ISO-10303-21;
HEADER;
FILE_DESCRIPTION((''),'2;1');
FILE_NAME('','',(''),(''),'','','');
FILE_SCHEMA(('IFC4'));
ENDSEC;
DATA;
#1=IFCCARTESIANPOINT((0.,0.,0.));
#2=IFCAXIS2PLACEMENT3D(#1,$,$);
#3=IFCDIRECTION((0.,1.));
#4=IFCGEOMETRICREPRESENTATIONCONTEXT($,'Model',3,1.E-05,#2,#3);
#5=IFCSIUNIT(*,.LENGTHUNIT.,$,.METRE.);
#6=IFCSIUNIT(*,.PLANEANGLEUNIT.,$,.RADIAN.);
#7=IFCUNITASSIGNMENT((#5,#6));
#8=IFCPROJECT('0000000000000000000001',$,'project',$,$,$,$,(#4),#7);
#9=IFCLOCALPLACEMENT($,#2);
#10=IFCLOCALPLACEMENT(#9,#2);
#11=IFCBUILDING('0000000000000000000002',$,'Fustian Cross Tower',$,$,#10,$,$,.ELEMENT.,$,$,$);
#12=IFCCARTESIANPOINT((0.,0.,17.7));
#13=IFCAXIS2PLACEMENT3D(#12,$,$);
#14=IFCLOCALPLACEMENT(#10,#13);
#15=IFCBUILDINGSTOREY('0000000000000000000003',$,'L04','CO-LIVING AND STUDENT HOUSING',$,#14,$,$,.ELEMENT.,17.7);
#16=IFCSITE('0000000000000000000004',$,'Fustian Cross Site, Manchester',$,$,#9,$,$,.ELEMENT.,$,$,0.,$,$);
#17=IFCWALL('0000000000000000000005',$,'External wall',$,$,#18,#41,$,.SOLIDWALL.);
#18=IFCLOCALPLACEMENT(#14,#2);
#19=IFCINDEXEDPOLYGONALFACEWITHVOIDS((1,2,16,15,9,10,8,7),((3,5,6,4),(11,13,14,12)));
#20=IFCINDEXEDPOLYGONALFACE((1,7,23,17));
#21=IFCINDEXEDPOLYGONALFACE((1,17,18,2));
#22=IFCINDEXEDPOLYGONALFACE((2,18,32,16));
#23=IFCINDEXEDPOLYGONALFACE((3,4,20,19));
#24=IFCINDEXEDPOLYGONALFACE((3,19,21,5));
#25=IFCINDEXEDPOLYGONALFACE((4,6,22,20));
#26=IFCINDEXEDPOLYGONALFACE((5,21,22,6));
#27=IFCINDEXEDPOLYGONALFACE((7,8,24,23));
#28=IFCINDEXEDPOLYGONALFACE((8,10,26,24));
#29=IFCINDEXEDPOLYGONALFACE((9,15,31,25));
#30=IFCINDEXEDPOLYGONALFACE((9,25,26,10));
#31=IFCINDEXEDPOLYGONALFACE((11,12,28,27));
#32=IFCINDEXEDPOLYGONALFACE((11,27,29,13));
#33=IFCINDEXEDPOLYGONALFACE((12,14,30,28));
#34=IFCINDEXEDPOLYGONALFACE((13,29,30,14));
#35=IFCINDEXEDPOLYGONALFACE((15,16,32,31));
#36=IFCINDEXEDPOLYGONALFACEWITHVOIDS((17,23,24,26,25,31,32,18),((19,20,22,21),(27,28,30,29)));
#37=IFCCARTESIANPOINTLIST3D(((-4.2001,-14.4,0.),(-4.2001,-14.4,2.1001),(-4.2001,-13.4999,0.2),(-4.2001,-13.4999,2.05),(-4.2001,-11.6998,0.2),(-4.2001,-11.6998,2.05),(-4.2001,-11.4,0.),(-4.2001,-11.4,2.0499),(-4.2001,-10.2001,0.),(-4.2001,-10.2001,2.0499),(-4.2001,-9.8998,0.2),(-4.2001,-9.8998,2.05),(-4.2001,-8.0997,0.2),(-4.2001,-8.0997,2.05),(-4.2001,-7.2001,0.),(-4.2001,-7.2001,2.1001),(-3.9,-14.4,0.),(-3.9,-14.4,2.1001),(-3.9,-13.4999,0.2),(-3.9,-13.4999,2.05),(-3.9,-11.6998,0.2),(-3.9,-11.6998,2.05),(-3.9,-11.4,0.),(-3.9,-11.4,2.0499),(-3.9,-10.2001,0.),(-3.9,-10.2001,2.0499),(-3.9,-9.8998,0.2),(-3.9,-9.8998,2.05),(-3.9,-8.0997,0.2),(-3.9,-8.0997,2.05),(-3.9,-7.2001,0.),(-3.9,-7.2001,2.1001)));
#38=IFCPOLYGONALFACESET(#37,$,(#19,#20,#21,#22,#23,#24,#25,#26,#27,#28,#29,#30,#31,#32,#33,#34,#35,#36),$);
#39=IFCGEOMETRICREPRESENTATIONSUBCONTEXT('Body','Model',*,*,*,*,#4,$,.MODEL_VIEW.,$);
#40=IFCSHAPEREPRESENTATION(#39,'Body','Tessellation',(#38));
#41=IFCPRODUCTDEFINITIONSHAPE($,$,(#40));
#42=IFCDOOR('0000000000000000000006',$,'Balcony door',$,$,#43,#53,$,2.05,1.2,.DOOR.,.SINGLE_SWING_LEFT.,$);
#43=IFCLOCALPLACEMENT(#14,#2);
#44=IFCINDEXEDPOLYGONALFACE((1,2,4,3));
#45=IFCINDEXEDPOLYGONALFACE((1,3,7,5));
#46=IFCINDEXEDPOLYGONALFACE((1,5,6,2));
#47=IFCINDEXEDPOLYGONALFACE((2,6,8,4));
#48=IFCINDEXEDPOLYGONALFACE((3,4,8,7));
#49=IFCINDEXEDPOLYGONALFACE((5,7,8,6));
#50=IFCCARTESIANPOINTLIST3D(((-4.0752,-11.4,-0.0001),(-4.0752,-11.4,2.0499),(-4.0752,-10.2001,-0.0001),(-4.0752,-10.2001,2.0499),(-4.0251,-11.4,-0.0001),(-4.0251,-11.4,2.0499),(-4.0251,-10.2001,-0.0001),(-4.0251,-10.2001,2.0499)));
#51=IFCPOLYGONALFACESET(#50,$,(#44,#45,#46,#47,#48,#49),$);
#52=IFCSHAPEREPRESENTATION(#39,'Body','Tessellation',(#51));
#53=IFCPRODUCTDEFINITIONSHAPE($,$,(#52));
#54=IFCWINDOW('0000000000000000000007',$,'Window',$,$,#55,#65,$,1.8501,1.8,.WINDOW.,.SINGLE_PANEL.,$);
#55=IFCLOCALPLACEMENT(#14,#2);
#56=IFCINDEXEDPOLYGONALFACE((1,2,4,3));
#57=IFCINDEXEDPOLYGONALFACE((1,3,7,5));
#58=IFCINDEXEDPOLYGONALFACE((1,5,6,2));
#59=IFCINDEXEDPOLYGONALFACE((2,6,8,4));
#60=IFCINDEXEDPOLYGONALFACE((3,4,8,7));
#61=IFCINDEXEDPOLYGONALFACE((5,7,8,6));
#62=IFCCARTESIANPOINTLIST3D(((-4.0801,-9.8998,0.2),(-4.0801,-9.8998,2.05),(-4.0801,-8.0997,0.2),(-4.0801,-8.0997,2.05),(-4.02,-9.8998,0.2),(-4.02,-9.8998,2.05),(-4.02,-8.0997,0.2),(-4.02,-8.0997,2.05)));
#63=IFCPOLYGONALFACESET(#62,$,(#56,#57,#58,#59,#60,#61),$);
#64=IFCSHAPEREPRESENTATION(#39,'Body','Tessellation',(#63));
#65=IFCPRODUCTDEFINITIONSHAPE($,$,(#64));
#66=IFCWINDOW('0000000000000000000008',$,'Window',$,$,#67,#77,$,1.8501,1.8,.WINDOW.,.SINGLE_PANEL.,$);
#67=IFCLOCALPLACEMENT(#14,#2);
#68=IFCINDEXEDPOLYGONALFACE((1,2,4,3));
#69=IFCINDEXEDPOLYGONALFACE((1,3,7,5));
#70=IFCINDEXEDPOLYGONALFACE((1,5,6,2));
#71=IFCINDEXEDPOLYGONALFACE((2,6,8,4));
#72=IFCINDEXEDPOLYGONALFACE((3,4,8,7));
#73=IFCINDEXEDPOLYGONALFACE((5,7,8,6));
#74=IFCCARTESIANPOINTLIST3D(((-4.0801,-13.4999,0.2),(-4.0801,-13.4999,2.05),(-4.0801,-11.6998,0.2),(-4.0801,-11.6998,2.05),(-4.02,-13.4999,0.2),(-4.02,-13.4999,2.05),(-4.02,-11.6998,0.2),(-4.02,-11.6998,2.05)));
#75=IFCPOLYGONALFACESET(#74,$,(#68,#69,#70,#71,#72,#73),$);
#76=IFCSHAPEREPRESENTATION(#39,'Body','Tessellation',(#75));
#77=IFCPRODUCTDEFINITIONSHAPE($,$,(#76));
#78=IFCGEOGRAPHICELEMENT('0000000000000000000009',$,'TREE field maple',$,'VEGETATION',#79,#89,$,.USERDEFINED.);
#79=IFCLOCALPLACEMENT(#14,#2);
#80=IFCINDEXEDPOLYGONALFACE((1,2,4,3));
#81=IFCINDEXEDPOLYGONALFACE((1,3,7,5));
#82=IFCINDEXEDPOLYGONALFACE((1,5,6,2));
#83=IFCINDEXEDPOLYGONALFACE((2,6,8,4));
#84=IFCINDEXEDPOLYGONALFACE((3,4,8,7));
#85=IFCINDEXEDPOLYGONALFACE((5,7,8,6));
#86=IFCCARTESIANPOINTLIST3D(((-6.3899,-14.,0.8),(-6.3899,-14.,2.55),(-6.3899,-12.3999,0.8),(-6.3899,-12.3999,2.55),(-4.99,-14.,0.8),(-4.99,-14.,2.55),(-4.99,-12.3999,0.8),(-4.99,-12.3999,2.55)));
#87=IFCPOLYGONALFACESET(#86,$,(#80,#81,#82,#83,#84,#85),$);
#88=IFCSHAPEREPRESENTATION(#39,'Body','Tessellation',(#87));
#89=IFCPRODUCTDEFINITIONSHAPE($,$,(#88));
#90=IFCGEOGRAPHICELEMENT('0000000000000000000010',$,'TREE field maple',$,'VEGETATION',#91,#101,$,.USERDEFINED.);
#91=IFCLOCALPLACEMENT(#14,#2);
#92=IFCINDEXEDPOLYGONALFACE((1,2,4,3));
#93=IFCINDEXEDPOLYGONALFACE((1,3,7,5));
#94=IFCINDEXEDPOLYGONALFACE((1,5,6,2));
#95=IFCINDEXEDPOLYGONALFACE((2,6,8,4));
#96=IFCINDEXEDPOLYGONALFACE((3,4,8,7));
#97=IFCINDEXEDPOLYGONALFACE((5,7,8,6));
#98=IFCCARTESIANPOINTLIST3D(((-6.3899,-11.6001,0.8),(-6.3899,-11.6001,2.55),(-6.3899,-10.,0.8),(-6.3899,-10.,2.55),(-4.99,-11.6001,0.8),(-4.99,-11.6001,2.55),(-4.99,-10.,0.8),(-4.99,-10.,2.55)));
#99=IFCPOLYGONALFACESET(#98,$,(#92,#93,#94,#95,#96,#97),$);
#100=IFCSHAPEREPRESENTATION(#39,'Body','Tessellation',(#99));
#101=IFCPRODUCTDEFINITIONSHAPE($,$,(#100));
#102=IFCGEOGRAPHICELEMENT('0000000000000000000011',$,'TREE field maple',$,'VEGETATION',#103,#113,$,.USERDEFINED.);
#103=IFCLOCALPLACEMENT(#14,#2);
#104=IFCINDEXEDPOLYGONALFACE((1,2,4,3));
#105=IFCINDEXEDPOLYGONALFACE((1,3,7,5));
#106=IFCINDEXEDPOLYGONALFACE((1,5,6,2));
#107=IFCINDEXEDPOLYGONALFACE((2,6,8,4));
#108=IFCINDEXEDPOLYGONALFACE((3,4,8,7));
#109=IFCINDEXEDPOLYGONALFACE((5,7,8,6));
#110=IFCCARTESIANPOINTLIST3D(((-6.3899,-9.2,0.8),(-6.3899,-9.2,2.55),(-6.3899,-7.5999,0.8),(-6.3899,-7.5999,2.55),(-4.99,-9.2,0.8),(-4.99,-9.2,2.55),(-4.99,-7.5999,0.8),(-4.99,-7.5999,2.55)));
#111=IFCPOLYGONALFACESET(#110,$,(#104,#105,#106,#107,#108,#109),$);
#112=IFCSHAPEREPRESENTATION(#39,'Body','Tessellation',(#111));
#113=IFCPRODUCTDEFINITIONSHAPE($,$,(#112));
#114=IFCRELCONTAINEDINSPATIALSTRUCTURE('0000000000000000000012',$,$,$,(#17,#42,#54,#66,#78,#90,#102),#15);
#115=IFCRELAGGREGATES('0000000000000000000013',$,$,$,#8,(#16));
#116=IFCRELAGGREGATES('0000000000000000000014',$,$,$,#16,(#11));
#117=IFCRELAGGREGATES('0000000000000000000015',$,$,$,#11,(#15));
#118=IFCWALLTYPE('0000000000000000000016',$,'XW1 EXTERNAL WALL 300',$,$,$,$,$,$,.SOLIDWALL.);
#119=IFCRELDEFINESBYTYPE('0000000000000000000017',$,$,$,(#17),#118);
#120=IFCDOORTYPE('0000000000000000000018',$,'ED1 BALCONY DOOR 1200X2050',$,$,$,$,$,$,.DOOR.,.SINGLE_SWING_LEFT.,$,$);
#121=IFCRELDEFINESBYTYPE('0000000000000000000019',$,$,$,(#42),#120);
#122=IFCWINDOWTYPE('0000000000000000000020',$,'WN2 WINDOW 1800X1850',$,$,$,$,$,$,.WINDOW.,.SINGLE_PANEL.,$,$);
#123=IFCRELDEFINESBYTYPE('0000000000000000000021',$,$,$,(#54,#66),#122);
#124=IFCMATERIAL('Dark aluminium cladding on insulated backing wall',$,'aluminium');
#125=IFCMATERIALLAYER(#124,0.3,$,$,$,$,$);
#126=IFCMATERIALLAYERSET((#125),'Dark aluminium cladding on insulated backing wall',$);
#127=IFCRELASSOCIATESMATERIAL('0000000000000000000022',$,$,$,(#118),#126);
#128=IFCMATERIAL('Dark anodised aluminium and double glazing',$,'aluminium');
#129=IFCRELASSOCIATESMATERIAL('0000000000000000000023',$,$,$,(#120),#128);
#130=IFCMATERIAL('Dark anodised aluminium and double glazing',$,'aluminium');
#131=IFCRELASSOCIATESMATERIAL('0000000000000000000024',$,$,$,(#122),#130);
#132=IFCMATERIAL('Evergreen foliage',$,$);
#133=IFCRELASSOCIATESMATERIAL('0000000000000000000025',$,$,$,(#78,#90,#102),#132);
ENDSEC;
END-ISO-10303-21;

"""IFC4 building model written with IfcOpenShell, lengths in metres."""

from ifc_helpers import new_model, si_unit, direction, frame, frame_2d, origin, origin_2d, place, context, subcontext, project, spatial, rectangle, extrude, material, layer, layer_set, type_object, element, fill, save


model = new_model("IFC4")

# Units and contexts
model_context = context("Model", 3, precision=1e-05, world=origin(), true_north=direction((0.0, 1.0)))
body_context = subcontext(model_context, "Body", "Model", "MODEL_VIEW")
ifc_project = project(units=[si_unit("LENGTHUNIT", "METRE"), si_unit("PLANEANGLEUNIT", "RADIAN")], contexts=[model_context])

# Site, building, storey
site_placement = place(None, origin())
site = spatial("IfcSite", under=ifc_project, at=site_placement, Name="Fustian Cross Site, Manchester", CompositionType="ELEMENT", RefElevation=0.0)
building_placement = place(site_placement, origin())
building = spatial("IfcBuilding", under=site, at=building_placement, Name="Fustian Cross Tower", CompositionType="ELEMENT")
storey_placement = place(building_placement, frame((0.0, 0.0, 17.7)))
storey = spatial("IfcBuildingStorey", under=building, at=storey_placement, Name="L04", Description="CO-LIVING AND STUDENT HOUSING", CompositionType="ELEMENT", Elevation=17.7)

# Shared definitions
ifc_material_1 = material(Name="Dark aluminium cladding on insulated backing wall", Category="aluminium")
ifc_layer_1 = layer(ifc_material_1, 0.3)
ifc_layer_set_1 = layer_set([ifc_layer_1], Name="Dark aluminium cladding on insulated backing wall")
wall_type_1 = type_object("IfcWallType", Name="XW1 EXTERNAL WALL 300", PredefinedType="SOLIDWALL", material=ifc_layer_set_1)

# Wall, openings, door, windows
wall_1_placement = place(storey_placement, frame((-4.05, -7.2, 0.0), z_axis=(0.0, 0.0, 1.0), x_axis=(0.0, -1.0, 0.0)))
wall_1 = element("IfcWall", 1, at=wall_1_placement, inside=storey, type_object=wall_type_1, Name="External wall", PredefinedType="SOLIDWALL", context=body_context, shape_type="SweptSolid", body=[
    extrude(rectangle(XDim=7.2, YDim=0.3, at=frame_2d((3.6001, 0.0))), origin(), (0.0, 0.0, 1.0), 2.1001),
])
opening_1_placement = place(wall_1_placement, frame((3.0, 0.0, 0.0)))
opening_1 = element("IfcOpeningElement", 2, at=opening_1_placement, cuts=wall_1, PredefinedType="OPENING", context=body_context, shape_type="SweptSolid", body=[
    extrude(rectangle(XDim=1.2, YDim=2.05, at=frame_2d((0.6001, 1.0249))), frame((0.0, 0.1599, 0.0), z_axis=(0.0, -1.0, 0.0), x_axis=(1.0, 0.0, 0.0)), (0.0, 0.0, 1.0), 0.3201),
])
opening_2_placement = place(wall_1_placement, frame((0.8999, 0.0, 0.2)))
opening_2 = element("IfcOpeningElement", 3, at=opening_2_placement, cuts=wall_1, PredefinedType="OPENING", context=body_context, shape_type="SweptSolid", body=[
    extrude(rectangle(XDim=1.8, YDim=1.8501, at=frame_2d((0.8999, 0.925))), frame((0.0, 0.1599, 0.0), z_axis=(0.0, -1.0, 0.0), x_axis=(1.0, 0.0, 0.0)), (0.0, 0.0, 1.0), 0.3201),
])
opening_3_placement = place(wall_1_placement, frame((4.5, 0.0, 0.2)))
opening_3 = element("IfcOpeningElement", 4, at=opening_3_placement, cuts=wall_1, PredefinedType="OPENING", context=body_context, shape_type="SweptSolid", body=[
    extrude(rectangle(XDim=1.8, YDim=1.8501, at=frame_2d((0.8999, 0.925))), frame((0.0, 0.1599, 0.0), z_axis=(0.0, -1.0, 0.0), x_axis=(1.0, 0.0, 0.0)), (0.0, 0.0, 1.0), 0.3201),
])
ifc_material_2 = material(Name="Dark anodised aluminium and double glazing", Category="aluminium")
door_type_1 = type_object("IfcDoorType", Name="ED1 BALCONY DOOR 1200X2050", OperationType="SINGLE_SWING_LEFT", PredefinedType="DOOR", material=ifc_material_2)
door_1_placement = place(opening_1_placement, origin())
door_1 = element("IfcDoor", 5, at=door_1_placement, inside=storey, type_object=door_type_1, Name="Balcony door", OperationType="SINGLE_SWING_LEFT", OverallHeight=2.05, OverallWidth=1.2, PredefinedType="DOOR", context=body_context, shape_type="SweptSolid", body=[
    extrude(rectangle(XDim=1.2, YDim=2.05, at=frame_2d((0.6001, 1.0249))), frame((0.0, 0.0249, 0.0), z_axis=(0.0, -1.0, 0.0), x_axis=(1.0, 0.0, 0.0)), (0.0, 0.0, 1.0), 0.05),
])
fill(opening_1, door_1)
ifc_material_3 = material(Name="Dark anodised aluminium and double glazing", Category="aluminium")
window_type = type_object("IfcWindowType", Name="WN2 WINDOW 1800X1850", PartitioningType="SINGLE_PANEL", PredefinedType="WINDOW", material=ifc_material_3)
window_1_placement = place(opening_2_placement, origin())
window_1 = element("IfcWindow", 6, at=window_1_placement, inside=storey, type_object=window_type, Name="Window", OverallHeight=1.8501, OverallWidth=1.8, PartitioningType="SINGLE_PANEL", PredefinedType="WINDOW", context=body_context, shape_type="SweptSolid", body=[
    extrude(rectangle(XDim=1.8, YDim=1.8501, at=frame_2d((0.8999, 0.925))), frame((0.0, 0.03, 0.0), z_axis=(0.0, -1.0, 0.0), x_axis=(1.0, 0.0, 0.0)), (0.0, 0.0, 1.0), 0.0601),
])
fill(opening_2, window_1)
window_2_placement = place(opening_3_placement, origin())
window_2 = element("IfcWindow", 7, at=window_2_placement, inside=storey, type_object=window_type, Name="Window", OverallHeight=1.8501, OverallWidth=1.8, PartitioningType="SINGLE_PANEL", PredefinedType="WINDOW", context=body_context, shape_type="SweptSolid", body=[
    extrude(rectangle(XDim=1.8, YDim=1.8501, at=frame_2d((0.8999, 0.925))), frame((0.0, 0.03, 0.0), z_axis=(0.0, -1.0, 0.0), x_axis=(1.0, 0.0, 0.0)), (0.0, 0.0, 1.0), 0.0601),
])
fill(opening_3, window_2)

# Geographic elements
ifc_material_4 = material(Name="Evergreen foliage")
for number, where, z_axis, x_axis, name in (
    (8, (-5.6899, -13.2, 0.8), (0.0, 0.0, 1.0), (1.0, 0.0, 0.0), "TREE field maple"),
    (9, (-5.6899, -10.8, 0.8), (0.0, 0.0, 1.0), (1.0, 0.0, 0.0), "TREE field maple"),
    (10, (-5.6899, -8.3999, 0.8), (0.0, 0.0, 1.0), (1.0, 0.0, 0.0), "TREE field maple"),
):
    element("IfcGeographicElement", number, at=place(storey_placement, frame(where, z_axis=z_axis, x_axis=x_axis)), inside=storey, material=ifc_material_4, Name=name, ObjectType="VEGETATION", PredefinedType="USERDEFINED", context=body_context, shape_type="SweptSolid", body=[
        extrude(rectangle(XDim=1.3999, YDim=1.6001, at=origin_2d()), origin(), (0.0, 0.0, 1.0), 1.75),
    ])

save(model, "model.ifc")
